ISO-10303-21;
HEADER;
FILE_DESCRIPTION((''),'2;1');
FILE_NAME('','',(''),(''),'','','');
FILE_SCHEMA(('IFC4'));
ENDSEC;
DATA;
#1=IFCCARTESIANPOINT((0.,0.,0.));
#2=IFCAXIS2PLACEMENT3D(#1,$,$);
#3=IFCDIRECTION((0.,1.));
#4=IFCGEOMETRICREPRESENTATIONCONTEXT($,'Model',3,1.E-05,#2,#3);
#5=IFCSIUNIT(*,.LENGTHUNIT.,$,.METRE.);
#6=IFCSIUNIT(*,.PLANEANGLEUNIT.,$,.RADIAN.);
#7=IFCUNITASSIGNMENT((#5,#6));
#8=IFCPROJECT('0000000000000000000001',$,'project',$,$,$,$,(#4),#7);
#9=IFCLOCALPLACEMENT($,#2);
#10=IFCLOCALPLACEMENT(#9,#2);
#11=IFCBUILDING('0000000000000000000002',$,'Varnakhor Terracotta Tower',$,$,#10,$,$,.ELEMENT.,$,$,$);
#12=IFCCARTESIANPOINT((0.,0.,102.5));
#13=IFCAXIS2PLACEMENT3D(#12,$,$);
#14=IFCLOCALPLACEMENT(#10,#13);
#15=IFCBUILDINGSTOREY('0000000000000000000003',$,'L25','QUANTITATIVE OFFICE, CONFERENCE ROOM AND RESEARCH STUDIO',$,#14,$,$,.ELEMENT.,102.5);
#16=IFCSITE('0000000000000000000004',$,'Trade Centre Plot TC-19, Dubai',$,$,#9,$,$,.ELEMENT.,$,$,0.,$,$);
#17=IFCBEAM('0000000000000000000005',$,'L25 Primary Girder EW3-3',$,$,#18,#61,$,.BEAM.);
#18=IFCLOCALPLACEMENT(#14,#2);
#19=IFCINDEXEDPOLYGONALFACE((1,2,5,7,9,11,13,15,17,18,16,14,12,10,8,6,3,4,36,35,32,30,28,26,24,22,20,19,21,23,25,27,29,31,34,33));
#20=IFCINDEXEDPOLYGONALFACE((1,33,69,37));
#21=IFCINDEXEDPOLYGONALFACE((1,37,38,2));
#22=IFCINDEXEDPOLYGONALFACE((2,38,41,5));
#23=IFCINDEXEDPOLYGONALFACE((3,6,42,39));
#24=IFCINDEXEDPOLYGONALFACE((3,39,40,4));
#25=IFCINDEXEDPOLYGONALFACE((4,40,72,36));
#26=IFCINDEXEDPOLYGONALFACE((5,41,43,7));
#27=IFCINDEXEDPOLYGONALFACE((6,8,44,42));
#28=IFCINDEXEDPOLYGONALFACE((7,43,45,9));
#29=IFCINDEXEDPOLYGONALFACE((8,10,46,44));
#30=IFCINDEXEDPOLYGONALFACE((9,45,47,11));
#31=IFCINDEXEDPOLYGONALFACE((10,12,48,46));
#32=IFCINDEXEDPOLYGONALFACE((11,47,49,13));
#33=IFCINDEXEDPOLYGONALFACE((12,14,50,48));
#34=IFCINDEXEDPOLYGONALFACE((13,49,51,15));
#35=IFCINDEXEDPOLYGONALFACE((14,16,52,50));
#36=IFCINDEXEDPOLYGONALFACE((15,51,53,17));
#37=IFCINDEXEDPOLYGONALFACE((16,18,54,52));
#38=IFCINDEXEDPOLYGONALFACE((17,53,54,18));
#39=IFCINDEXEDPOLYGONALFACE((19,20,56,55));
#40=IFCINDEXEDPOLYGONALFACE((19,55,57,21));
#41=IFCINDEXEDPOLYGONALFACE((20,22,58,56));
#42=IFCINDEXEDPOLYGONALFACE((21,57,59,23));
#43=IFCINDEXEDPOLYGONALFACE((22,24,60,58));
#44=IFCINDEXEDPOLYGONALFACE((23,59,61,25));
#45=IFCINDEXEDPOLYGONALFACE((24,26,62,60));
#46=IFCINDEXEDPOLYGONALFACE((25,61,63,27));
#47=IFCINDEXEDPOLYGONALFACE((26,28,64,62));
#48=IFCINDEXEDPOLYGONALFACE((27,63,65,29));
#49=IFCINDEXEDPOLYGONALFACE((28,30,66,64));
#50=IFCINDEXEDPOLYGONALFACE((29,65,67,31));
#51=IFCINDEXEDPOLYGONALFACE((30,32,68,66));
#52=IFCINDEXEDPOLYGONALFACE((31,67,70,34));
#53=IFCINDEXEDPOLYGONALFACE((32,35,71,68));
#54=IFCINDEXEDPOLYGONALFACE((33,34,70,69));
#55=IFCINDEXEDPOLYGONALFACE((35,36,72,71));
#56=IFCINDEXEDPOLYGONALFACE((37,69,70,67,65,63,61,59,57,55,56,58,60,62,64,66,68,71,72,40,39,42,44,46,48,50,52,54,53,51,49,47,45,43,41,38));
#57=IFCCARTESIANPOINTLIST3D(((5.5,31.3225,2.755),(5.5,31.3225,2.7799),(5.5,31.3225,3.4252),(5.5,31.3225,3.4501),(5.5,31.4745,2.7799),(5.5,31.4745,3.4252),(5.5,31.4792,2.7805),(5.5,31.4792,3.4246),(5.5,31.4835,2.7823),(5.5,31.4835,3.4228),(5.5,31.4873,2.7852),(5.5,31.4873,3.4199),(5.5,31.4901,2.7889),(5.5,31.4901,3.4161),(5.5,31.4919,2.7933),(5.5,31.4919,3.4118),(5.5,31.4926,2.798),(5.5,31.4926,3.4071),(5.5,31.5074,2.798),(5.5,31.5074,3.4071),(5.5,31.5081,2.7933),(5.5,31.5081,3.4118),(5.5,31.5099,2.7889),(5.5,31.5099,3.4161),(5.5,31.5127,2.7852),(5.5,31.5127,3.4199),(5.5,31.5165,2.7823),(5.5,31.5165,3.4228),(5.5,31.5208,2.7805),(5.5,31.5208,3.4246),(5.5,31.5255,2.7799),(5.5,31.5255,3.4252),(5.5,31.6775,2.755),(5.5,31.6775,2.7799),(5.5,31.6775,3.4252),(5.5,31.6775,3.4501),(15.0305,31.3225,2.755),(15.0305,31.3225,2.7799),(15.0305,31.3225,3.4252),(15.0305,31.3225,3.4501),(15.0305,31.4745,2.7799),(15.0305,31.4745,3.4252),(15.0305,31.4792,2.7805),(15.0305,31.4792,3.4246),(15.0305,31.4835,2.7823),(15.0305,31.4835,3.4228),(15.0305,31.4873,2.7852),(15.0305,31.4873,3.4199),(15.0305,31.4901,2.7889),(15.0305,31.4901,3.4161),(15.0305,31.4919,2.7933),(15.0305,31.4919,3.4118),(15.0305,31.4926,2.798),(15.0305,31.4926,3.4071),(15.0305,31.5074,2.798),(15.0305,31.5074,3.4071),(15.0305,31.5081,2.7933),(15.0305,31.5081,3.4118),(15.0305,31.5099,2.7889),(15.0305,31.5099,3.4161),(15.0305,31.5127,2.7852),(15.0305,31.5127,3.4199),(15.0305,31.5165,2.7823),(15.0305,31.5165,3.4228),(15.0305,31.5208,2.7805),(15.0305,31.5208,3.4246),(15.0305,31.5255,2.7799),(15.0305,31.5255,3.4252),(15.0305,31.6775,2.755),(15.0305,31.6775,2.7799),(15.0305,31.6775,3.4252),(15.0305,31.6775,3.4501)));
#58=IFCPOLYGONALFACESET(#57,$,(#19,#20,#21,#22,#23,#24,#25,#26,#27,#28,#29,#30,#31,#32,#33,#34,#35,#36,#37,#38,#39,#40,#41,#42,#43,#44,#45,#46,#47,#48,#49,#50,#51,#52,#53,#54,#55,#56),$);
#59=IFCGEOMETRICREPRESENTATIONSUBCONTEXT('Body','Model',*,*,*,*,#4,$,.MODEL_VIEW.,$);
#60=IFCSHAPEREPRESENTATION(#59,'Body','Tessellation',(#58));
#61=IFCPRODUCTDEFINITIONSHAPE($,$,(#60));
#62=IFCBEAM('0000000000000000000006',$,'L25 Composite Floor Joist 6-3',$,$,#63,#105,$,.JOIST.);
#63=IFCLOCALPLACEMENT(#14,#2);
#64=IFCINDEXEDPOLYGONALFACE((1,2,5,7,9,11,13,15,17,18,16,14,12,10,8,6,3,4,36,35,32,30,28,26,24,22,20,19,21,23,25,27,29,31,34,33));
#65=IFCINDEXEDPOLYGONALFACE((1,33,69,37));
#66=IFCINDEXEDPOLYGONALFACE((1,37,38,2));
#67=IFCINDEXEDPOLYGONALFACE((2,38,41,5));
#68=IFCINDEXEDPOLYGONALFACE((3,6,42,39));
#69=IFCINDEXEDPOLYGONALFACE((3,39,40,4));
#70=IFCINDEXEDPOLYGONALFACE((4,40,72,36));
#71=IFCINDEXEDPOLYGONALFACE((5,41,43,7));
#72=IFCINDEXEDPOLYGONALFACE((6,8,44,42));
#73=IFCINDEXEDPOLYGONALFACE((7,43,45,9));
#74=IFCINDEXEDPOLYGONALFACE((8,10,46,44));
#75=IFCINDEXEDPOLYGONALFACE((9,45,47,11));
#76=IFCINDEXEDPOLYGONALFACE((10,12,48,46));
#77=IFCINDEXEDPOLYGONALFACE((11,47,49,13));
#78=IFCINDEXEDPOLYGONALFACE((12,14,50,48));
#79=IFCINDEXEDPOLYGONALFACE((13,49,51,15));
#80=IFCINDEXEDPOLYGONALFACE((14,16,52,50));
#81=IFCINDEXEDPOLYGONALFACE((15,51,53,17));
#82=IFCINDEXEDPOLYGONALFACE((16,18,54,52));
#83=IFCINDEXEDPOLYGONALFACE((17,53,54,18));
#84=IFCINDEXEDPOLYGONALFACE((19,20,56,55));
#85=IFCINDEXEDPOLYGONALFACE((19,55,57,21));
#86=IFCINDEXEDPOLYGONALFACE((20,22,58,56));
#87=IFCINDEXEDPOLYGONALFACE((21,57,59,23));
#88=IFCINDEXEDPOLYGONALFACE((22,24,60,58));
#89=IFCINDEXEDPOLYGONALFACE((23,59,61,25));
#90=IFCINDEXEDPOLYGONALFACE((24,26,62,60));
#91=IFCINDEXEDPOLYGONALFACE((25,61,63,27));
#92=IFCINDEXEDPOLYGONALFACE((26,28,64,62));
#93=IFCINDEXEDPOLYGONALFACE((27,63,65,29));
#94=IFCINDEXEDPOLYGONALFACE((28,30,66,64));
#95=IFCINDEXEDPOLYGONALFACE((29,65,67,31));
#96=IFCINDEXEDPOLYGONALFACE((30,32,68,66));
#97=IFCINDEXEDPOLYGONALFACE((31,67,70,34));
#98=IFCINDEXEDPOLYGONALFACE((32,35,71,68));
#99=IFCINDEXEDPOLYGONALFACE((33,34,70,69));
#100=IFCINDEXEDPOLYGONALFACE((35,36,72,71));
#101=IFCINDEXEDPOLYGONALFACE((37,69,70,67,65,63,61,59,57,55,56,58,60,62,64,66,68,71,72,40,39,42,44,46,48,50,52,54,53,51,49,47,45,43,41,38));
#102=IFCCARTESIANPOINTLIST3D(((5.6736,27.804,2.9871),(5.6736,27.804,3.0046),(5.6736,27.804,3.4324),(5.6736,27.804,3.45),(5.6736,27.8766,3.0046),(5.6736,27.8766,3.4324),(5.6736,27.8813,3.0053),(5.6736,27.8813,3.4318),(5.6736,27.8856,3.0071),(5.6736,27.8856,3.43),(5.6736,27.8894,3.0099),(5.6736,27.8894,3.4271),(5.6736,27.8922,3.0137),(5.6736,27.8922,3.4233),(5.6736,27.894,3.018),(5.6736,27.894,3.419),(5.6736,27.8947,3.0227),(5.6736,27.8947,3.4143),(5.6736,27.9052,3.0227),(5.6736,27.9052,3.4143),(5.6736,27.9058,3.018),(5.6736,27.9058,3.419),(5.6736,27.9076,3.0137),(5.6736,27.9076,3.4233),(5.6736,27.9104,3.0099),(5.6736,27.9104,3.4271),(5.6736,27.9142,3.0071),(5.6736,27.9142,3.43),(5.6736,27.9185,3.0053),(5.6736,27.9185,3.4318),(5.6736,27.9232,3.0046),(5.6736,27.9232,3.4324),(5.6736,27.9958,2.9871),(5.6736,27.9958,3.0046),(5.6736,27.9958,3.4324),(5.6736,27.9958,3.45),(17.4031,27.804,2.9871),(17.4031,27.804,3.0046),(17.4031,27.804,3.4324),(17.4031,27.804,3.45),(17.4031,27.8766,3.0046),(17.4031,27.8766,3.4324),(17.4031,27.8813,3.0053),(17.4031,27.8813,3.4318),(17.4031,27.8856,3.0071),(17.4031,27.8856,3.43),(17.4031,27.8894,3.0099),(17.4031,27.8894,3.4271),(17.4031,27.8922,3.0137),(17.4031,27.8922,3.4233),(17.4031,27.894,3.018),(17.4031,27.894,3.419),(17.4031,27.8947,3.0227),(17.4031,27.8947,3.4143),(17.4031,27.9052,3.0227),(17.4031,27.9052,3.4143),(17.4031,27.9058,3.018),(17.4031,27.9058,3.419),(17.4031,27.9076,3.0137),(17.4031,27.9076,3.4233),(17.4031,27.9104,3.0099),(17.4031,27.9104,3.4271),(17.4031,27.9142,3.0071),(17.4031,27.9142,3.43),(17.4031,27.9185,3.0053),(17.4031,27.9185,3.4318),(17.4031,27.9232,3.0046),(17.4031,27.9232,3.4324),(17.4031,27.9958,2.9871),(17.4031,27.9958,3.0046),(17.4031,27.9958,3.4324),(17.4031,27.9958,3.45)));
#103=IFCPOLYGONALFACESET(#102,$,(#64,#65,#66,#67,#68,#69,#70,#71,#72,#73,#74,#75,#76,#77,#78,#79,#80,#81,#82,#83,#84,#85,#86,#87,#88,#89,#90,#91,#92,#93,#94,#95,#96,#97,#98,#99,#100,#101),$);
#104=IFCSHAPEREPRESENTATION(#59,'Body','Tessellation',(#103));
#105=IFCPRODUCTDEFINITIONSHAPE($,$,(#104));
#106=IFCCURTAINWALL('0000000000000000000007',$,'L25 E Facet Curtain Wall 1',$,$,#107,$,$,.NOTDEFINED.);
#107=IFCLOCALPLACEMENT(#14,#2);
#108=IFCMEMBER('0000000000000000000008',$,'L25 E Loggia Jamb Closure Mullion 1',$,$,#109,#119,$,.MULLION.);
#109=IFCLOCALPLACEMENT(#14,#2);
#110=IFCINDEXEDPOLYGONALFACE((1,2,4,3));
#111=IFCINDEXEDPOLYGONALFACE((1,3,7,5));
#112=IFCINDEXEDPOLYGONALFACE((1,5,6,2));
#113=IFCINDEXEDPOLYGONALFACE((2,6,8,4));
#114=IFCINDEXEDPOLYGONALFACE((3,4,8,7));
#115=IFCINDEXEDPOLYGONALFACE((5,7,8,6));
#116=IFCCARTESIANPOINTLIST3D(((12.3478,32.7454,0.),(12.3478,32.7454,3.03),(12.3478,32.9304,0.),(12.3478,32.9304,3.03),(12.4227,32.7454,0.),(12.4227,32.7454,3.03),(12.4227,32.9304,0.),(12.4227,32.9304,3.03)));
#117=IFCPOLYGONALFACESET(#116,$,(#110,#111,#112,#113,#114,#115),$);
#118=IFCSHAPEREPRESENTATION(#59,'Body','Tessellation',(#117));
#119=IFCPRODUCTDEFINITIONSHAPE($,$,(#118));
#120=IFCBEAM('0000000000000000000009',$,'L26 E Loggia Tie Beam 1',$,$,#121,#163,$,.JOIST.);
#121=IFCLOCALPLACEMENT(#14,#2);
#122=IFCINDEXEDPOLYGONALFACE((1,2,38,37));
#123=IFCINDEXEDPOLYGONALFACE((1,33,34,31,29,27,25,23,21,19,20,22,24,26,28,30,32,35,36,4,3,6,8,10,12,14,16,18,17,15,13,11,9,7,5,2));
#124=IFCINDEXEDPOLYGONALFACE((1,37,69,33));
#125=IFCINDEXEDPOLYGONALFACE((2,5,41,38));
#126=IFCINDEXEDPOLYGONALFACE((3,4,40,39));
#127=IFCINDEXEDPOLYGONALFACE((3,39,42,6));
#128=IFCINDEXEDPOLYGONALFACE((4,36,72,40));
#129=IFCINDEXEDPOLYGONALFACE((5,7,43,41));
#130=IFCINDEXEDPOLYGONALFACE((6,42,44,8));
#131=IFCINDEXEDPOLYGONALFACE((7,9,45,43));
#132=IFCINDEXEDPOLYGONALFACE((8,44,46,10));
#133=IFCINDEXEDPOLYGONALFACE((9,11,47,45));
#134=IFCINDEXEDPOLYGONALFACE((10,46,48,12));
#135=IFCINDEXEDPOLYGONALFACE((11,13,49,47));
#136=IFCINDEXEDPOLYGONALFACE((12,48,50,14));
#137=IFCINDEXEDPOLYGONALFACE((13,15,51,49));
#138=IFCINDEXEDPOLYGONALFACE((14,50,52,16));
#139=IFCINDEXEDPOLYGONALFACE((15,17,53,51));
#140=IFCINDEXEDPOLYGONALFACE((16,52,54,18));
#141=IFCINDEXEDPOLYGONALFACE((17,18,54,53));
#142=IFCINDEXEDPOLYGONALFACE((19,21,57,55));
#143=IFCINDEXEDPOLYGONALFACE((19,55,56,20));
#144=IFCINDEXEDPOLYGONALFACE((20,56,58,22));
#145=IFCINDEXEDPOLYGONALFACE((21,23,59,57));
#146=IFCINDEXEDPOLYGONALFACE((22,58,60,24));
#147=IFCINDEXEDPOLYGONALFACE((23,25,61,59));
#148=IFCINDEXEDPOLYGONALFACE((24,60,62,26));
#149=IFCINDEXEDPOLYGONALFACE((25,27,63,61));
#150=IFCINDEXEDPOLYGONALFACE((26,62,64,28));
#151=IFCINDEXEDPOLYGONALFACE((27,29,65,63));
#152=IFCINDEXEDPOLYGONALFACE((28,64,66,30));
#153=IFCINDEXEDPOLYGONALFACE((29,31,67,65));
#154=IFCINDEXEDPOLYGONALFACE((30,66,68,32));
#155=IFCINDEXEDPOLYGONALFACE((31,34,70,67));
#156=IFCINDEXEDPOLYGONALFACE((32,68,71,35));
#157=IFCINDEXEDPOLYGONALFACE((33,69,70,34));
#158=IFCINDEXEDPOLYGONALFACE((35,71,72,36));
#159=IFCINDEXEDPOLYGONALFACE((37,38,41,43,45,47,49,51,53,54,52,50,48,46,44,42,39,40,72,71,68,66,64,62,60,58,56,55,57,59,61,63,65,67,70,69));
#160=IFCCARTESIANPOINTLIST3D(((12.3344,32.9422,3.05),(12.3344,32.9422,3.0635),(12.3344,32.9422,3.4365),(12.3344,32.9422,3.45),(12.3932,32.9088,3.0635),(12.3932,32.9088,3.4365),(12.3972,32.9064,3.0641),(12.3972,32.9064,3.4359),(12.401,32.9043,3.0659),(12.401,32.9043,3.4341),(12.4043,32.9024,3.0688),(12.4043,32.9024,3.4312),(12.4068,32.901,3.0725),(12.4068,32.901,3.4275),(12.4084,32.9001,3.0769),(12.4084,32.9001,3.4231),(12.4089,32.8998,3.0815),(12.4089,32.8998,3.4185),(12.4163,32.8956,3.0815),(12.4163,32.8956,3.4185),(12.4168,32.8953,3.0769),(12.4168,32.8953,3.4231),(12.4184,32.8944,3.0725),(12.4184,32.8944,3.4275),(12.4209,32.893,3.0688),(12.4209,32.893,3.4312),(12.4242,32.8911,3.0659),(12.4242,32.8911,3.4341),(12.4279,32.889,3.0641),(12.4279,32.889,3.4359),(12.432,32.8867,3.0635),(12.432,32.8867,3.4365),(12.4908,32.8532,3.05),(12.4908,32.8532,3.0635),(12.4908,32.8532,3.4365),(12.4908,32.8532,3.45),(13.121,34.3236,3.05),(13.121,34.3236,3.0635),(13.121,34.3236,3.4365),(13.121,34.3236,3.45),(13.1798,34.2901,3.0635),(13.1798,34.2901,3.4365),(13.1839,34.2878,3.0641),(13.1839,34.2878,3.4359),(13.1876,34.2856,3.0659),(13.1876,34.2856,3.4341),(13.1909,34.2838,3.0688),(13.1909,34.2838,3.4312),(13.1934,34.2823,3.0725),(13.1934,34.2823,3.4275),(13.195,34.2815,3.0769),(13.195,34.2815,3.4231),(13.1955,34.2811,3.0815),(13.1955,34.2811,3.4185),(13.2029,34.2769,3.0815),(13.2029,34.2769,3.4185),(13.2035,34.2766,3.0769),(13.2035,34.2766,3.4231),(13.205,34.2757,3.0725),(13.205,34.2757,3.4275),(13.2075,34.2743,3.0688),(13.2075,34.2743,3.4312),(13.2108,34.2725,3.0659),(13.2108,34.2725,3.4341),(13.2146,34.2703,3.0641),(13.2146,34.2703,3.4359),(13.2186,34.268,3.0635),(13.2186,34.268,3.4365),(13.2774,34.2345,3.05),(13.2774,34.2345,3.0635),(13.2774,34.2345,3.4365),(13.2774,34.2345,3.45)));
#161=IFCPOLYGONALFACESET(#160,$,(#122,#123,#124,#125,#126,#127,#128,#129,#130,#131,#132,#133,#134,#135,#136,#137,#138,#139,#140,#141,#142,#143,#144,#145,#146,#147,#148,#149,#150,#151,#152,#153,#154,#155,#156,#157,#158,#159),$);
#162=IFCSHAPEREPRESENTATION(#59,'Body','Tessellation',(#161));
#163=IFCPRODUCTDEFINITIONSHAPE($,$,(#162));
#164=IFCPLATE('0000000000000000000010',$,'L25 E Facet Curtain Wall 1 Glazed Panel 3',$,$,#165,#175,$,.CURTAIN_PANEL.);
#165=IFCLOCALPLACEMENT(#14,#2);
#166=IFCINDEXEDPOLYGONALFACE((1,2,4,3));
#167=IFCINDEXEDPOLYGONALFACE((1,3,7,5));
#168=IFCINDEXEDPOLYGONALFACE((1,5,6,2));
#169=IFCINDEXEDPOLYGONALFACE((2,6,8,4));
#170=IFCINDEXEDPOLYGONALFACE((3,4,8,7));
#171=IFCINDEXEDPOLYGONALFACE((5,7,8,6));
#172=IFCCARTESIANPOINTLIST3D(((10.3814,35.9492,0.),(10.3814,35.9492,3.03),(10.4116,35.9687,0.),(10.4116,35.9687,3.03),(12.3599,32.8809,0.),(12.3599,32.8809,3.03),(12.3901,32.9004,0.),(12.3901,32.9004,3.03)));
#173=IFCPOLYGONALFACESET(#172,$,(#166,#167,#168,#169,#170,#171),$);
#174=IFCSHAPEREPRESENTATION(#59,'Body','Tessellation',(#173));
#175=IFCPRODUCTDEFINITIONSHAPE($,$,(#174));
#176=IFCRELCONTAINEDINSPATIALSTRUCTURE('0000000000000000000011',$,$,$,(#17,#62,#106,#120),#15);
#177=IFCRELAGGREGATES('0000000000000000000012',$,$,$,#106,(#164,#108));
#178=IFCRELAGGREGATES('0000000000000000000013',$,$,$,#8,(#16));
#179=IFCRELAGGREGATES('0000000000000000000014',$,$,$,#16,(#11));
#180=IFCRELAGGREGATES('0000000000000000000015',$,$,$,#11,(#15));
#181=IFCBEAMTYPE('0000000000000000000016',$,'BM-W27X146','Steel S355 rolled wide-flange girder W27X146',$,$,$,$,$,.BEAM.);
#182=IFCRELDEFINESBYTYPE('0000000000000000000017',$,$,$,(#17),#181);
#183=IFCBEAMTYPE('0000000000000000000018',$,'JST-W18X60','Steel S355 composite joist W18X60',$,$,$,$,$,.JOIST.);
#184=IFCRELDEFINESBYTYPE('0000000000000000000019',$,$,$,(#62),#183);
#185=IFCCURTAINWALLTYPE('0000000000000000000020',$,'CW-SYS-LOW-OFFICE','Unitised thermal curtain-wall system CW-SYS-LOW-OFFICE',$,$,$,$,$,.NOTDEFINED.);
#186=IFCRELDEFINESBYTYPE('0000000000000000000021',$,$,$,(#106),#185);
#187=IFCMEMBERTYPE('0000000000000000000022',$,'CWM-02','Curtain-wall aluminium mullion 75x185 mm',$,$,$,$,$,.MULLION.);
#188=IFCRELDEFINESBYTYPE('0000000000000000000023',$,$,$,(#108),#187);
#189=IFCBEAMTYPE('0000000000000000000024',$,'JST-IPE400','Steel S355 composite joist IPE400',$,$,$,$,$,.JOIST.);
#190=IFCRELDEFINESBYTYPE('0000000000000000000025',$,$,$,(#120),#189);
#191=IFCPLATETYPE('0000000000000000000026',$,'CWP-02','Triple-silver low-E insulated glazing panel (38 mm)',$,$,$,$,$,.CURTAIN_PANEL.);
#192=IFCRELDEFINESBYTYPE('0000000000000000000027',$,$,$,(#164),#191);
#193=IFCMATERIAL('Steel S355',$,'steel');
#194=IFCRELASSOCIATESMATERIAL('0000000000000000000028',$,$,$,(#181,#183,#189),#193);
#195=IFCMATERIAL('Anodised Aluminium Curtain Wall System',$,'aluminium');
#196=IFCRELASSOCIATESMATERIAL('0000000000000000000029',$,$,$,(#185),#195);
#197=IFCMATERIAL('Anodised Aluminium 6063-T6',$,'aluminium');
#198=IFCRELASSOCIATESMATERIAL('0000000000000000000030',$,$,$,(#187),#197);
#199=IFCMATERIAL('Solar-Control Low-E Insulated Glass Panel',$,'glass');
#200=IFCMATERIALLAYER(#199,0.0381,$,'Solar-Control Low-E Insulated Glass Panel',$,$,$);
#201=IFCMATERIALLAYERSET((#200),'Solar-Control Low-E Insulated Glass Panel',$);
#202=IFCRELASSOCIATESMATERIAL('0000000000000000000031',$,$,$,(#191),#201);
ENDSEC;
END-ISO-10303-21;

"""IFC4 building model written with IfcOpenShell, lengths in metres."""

from ifc_helpers import new_model, si_unit, direction, frame, origin, origin_2d, place, context, subcontext, project, spatial, rectangle, i_section, extrude, source, transform, mapped, material, layer, layer_set, material_profile, profile_set, type_object, type_shapes, element, aggregate, save


model = new_model("IFC4")

# Units and contexts
model_context = context("Model", 3, precision=1e-05, world=origin(), true_north=direction((0.0, 1.0)))
body_context = subcontext(model_context, "Body", "Model", "MODEL_VIEW")
ifc_project = project(units=[si_unit("LENGTHUNIT", "METRE"), si_unit("PLANEANGLEUNIT", "RADIAN")], contexts=[model_context])

# Site, building, storey
site_placement = place(None, origin())
site = spatial("IfcSite", under=ifc_project, at=site_placement, Name="Trade Centre Plot TC-19, Dubai", CompositionType="ELEMENT", RefElevation=0.0)
building_placement = place(site_placement, origin())
building = spatial("IfcBuilding", under=site, at=building_placement, Name="Varnakhor Terracotta Tower", CompositionType="ELEMENT")
storey_placement = place(building_placement, frame((0.0, 0.0, 102.5)))
storey = spatial("IfcBuildingStorey", under=building, at=storey_placement, Name="L25", Description="QUANTITATIVE OFFICE, CONFERENCE ROOM AND RESEARCH STUDIO", CompositionType="ELEMENT", Elevation=102.5)

# Beams
ifc_material_1 = material(Name="Steel S355", Category="steel")
ifc_material_profile_1 = material_profile(ifc_material_1, i_section(OverallWidth=0.355, OverallDepth=0.6951, WebThickness=0.0149, FlangeThickness=0.0249, FilletRadius=0.0181, at=origin_2d()), Name="W27X146")
ifc_profile_set_1 = profile_set([ifc_material_profile_1], Name="Steel S355")
beam_type_1 = type_object("IfcBeamType", Name="BM-W27X146", Description="Steel S355 rolled wide-flange girder W27X146", PredefinedType="BEAM", material=ifc_profile_set_1)
shared_shape_1 = source(origin(), body_context, "Body", "SweptSolid", [
    extrude(i_section(OverallWidth=0.355, OverallDepth=0.6951, WebThickness=0.0149, FlangeThickness=0.0249, FilletRadius=0.0181, at=origin_2d()), origin(), (0.0, 0.0, 1.0), 9.5305),
])
beam_1_placement = place(storey_placement, frame((5.5, 31.5, 3.1025), z_axis=(1.0, 0.0, 0.0), x_axis=(0.0, 1.0, 0.0)))
element("IfcBeam", 1, at=beam_1_placement, inside=storey, type_object=beam_type_1, Name="L25 Primary Girder EW3-3", PredefinedType="BEAM", context=body_context, shape_type="MappedRepresentation", body=[
    mapped(shared_shape_1, transform((0.0, 0.0, 0.0), scale=1.0)),
])
ifc_material_profile_2 = material_profile(ifc_material_1, i_section(OverallWidth=0.1919, OverallDepth=0.4629, WebThickness=0.0105, FlangeThickness=0.0176, FilletRadius=0.0181, at=origin_2d()), Name="W18X60")
ifc_profile_set_2 = profile_set([ifc_material_profile_2], Name="Steel S355")
beam_type_2 = type_object("IfcBeamType", Name="JST-W18X60", Description="Steel S355 composite joist W18X60", PredefinedType="JOIST", material=ifc_profile_set_2)
shared_shape_2 = source(origin(), body_context, "Body", "SweptSolid", [
    extrude(i_section(OverallWidth=0.1919, OverallDepth=0.4629, WebThickness=0.0105, FlangeThickness=0.0176, FilletRadius=0.0181, at=origin_2d()), origin(), (0.0, 0.0, 1.0), 11.7295),
])
beam_2_placement = place(storey_placement, frame((5.6736, 27.8999, 3.2185), z_axis=(1.0, 0.0, 0.0), x_axis=(0.0, 1.0, 0.0)))
element("IfcBeam", 2, at=beam_2_placement, inside=storey, type_object=beam_type_2, Name="L25 Composite Floor Joist 6-3", PredefinedType="JOIST", context=body_context, shape_type="MappedRepresentation", body=[
    mapped(shared_shape_2, transform((0.0, 0.0, 0.0), scale=1.0)),
])

# Curtain wall, member
ifc_material_2 = material(Name="Anodised Aluminium Curtain Wall System", Category="aluminium")
curtain_wall_type = type_object("IfcCurtainWallType", Name="CW-SYS-LOW-OFFICE", Description="Unitised thermal curtain-wall system CW-SYS-LOW-OFFICE", PredefinedType="NOTDEFINED", material=ifc_material_2)
curtain_wall_placement = place(storey_placement, origin())
curtain_wall = element("IfcCurtainWall", 3, at=curtain_wall_placement, inside=storey, type_object=curtain_wall_type, Name="L25 E Facet Curtain Wall 1", PredefinedType="NOTDEFINED")
ifc_material_3 = material(Name="Anodised Aluminium 6063-T6", Category="aluminium")
ifc_material_profile_3 = material_profile(ifc_material_3, rectangle(XDim=0.075, YDim=0.1851, at=origin_2d()), Name="ALU MULLION 75x185")
ifc_profile_set_3 = profile_set([ifc_material_profile_3], Name="Anodised Aluminium 6063-T6")
member_type = type_object("IfcMemberType", Name="CWM-02", Description="Curtain-wall aluminium mullion 75x185 mm", PredefinedType="MULLION", material=ifc_profile_set_3)
shared_shape_3 = source(origin(), body_context, "Body", "SweptSolid", [
    extrude(rectangle(XDim=0.075, YDim=0.1851, at=origin_2d()), origin(), (0.0, 0.0, 1.0), 3.03),
])
type_shapes(member_type, [shared_shape_3])
member_placement = place(storey_placement, frame((12.3853, 32.8379, 0.0), z_axis=(0.0, 0.0, 1.0), x_axis=(1.0, 0.0, 0.0)))
member = element("IfcMember", 4, at=member_placement, type_object=member_type, Name="L25 E Loggia Jamb Closure Mullion 1", PredefinedType="MULLION", context=body_context, shape_type="MappedRepresentation", body=[
    mapped(shared_shape_3, transform((0.0, 0.0, 0.0), scale=1.0)),
])

# Beam
ifc_material_profile_4 = material_profile(ifc_material_1, i_section(OverallWidth=0.1799, OverallDepth=0.3999, WebThickness=0.0085, FlangeThickness=0.0134, FilletRadius=0.0181, at=origin_2d()), Name="IPE400")
ifc_profile_set_4 = profile_set([ifc_material_profile_4], Name="Steel S355")
beam_type_3 = type_object("IfcBeamType", Name="JST-IPE400", Description="Steel S355 composite joist IPE400", PredefinedType="JOIST", material=ifc_profile_set_4)
shared_shape_4 = source(origin(), body_context, "Body", "SweptSolid", [
    extrude(i_section(OverallWidth=0.1799, OverallDepth=0.3999, WebThickness=0.0085, FlangeThickness=0.0134, FilletRadius=0.0181, at=origin_2d()), origin(), (0.0, 0.0, 1.0), 1.5896),
])
beam_3_placement = place(storey_placement, frame((12.4126, 32.8977, 3.25), z_axis=(0.494848, 0.868979, 0.0), x_axis=(-0.868979, 0.494848, 0.0)))
element("IfcBeam", 5, at=beam_3_placement, inside=storey, type_object=beam_type_3, Name="L26 E Loggia Tie Beam 1", PredefinedType="JOIST", context=body_context, shape_type="MappedRepresentation", body=[
    mapped(shared_shape_4, transform((0.0, 0.0, 0.0), scale=1.0)),
])

# Plate
ifc_material_4 = material(Name="Solar-Control Low-E Insulated Glass Panel", Category="glass")
ifc_layer_1 = layer(ifc_material_4, 0.0381, Name="Solar-Control Low-E Insulated Glass Panel")
ifc_layer_set_1 = layer_set([ifc_layer_1], Name="Solar-Control Low-E Insulated Glass Panel")
plate_type = type_object("IfcPlateType", Name="CWP-02", Description="Triple-silver low-E insulated glazing panel (38 mm)", PredefinedType="CURTAIN_PANEL", material=ifc_layer_set_1)
shared_shape_5 = source(origin(), body_context, "Body", "SweptSolid", [
    extrude(rectangle(XDim=3.6509, YDim=0.0359, at=origin_2d()), origin(), (0.0, 0.0, 1.0), 3.03),
])
plate_placement = place(storey_placement, frame((11.3857, 34.4248, 0.0), z_axis=(0.0, 0.0, 1.0), x_axis=(0.541928, -0.840425, 0.0)))
plate = element("IfcPlate", 6, at=plate_placement, type_object=plate_type, Name="L25 E Facet Curtain Wall 1 Glazed Panel 3", PredefinedType="CURTAIN_PANEL", context=body_context, shape_type="MappedRepresentation", body=[
    mapped(shared_shape_5, transform((0.0, 0.0, 0.0), scale=1.0)),
])
aggregate(curtain_wall, [plate, member])

save(model, "model.ifc")
